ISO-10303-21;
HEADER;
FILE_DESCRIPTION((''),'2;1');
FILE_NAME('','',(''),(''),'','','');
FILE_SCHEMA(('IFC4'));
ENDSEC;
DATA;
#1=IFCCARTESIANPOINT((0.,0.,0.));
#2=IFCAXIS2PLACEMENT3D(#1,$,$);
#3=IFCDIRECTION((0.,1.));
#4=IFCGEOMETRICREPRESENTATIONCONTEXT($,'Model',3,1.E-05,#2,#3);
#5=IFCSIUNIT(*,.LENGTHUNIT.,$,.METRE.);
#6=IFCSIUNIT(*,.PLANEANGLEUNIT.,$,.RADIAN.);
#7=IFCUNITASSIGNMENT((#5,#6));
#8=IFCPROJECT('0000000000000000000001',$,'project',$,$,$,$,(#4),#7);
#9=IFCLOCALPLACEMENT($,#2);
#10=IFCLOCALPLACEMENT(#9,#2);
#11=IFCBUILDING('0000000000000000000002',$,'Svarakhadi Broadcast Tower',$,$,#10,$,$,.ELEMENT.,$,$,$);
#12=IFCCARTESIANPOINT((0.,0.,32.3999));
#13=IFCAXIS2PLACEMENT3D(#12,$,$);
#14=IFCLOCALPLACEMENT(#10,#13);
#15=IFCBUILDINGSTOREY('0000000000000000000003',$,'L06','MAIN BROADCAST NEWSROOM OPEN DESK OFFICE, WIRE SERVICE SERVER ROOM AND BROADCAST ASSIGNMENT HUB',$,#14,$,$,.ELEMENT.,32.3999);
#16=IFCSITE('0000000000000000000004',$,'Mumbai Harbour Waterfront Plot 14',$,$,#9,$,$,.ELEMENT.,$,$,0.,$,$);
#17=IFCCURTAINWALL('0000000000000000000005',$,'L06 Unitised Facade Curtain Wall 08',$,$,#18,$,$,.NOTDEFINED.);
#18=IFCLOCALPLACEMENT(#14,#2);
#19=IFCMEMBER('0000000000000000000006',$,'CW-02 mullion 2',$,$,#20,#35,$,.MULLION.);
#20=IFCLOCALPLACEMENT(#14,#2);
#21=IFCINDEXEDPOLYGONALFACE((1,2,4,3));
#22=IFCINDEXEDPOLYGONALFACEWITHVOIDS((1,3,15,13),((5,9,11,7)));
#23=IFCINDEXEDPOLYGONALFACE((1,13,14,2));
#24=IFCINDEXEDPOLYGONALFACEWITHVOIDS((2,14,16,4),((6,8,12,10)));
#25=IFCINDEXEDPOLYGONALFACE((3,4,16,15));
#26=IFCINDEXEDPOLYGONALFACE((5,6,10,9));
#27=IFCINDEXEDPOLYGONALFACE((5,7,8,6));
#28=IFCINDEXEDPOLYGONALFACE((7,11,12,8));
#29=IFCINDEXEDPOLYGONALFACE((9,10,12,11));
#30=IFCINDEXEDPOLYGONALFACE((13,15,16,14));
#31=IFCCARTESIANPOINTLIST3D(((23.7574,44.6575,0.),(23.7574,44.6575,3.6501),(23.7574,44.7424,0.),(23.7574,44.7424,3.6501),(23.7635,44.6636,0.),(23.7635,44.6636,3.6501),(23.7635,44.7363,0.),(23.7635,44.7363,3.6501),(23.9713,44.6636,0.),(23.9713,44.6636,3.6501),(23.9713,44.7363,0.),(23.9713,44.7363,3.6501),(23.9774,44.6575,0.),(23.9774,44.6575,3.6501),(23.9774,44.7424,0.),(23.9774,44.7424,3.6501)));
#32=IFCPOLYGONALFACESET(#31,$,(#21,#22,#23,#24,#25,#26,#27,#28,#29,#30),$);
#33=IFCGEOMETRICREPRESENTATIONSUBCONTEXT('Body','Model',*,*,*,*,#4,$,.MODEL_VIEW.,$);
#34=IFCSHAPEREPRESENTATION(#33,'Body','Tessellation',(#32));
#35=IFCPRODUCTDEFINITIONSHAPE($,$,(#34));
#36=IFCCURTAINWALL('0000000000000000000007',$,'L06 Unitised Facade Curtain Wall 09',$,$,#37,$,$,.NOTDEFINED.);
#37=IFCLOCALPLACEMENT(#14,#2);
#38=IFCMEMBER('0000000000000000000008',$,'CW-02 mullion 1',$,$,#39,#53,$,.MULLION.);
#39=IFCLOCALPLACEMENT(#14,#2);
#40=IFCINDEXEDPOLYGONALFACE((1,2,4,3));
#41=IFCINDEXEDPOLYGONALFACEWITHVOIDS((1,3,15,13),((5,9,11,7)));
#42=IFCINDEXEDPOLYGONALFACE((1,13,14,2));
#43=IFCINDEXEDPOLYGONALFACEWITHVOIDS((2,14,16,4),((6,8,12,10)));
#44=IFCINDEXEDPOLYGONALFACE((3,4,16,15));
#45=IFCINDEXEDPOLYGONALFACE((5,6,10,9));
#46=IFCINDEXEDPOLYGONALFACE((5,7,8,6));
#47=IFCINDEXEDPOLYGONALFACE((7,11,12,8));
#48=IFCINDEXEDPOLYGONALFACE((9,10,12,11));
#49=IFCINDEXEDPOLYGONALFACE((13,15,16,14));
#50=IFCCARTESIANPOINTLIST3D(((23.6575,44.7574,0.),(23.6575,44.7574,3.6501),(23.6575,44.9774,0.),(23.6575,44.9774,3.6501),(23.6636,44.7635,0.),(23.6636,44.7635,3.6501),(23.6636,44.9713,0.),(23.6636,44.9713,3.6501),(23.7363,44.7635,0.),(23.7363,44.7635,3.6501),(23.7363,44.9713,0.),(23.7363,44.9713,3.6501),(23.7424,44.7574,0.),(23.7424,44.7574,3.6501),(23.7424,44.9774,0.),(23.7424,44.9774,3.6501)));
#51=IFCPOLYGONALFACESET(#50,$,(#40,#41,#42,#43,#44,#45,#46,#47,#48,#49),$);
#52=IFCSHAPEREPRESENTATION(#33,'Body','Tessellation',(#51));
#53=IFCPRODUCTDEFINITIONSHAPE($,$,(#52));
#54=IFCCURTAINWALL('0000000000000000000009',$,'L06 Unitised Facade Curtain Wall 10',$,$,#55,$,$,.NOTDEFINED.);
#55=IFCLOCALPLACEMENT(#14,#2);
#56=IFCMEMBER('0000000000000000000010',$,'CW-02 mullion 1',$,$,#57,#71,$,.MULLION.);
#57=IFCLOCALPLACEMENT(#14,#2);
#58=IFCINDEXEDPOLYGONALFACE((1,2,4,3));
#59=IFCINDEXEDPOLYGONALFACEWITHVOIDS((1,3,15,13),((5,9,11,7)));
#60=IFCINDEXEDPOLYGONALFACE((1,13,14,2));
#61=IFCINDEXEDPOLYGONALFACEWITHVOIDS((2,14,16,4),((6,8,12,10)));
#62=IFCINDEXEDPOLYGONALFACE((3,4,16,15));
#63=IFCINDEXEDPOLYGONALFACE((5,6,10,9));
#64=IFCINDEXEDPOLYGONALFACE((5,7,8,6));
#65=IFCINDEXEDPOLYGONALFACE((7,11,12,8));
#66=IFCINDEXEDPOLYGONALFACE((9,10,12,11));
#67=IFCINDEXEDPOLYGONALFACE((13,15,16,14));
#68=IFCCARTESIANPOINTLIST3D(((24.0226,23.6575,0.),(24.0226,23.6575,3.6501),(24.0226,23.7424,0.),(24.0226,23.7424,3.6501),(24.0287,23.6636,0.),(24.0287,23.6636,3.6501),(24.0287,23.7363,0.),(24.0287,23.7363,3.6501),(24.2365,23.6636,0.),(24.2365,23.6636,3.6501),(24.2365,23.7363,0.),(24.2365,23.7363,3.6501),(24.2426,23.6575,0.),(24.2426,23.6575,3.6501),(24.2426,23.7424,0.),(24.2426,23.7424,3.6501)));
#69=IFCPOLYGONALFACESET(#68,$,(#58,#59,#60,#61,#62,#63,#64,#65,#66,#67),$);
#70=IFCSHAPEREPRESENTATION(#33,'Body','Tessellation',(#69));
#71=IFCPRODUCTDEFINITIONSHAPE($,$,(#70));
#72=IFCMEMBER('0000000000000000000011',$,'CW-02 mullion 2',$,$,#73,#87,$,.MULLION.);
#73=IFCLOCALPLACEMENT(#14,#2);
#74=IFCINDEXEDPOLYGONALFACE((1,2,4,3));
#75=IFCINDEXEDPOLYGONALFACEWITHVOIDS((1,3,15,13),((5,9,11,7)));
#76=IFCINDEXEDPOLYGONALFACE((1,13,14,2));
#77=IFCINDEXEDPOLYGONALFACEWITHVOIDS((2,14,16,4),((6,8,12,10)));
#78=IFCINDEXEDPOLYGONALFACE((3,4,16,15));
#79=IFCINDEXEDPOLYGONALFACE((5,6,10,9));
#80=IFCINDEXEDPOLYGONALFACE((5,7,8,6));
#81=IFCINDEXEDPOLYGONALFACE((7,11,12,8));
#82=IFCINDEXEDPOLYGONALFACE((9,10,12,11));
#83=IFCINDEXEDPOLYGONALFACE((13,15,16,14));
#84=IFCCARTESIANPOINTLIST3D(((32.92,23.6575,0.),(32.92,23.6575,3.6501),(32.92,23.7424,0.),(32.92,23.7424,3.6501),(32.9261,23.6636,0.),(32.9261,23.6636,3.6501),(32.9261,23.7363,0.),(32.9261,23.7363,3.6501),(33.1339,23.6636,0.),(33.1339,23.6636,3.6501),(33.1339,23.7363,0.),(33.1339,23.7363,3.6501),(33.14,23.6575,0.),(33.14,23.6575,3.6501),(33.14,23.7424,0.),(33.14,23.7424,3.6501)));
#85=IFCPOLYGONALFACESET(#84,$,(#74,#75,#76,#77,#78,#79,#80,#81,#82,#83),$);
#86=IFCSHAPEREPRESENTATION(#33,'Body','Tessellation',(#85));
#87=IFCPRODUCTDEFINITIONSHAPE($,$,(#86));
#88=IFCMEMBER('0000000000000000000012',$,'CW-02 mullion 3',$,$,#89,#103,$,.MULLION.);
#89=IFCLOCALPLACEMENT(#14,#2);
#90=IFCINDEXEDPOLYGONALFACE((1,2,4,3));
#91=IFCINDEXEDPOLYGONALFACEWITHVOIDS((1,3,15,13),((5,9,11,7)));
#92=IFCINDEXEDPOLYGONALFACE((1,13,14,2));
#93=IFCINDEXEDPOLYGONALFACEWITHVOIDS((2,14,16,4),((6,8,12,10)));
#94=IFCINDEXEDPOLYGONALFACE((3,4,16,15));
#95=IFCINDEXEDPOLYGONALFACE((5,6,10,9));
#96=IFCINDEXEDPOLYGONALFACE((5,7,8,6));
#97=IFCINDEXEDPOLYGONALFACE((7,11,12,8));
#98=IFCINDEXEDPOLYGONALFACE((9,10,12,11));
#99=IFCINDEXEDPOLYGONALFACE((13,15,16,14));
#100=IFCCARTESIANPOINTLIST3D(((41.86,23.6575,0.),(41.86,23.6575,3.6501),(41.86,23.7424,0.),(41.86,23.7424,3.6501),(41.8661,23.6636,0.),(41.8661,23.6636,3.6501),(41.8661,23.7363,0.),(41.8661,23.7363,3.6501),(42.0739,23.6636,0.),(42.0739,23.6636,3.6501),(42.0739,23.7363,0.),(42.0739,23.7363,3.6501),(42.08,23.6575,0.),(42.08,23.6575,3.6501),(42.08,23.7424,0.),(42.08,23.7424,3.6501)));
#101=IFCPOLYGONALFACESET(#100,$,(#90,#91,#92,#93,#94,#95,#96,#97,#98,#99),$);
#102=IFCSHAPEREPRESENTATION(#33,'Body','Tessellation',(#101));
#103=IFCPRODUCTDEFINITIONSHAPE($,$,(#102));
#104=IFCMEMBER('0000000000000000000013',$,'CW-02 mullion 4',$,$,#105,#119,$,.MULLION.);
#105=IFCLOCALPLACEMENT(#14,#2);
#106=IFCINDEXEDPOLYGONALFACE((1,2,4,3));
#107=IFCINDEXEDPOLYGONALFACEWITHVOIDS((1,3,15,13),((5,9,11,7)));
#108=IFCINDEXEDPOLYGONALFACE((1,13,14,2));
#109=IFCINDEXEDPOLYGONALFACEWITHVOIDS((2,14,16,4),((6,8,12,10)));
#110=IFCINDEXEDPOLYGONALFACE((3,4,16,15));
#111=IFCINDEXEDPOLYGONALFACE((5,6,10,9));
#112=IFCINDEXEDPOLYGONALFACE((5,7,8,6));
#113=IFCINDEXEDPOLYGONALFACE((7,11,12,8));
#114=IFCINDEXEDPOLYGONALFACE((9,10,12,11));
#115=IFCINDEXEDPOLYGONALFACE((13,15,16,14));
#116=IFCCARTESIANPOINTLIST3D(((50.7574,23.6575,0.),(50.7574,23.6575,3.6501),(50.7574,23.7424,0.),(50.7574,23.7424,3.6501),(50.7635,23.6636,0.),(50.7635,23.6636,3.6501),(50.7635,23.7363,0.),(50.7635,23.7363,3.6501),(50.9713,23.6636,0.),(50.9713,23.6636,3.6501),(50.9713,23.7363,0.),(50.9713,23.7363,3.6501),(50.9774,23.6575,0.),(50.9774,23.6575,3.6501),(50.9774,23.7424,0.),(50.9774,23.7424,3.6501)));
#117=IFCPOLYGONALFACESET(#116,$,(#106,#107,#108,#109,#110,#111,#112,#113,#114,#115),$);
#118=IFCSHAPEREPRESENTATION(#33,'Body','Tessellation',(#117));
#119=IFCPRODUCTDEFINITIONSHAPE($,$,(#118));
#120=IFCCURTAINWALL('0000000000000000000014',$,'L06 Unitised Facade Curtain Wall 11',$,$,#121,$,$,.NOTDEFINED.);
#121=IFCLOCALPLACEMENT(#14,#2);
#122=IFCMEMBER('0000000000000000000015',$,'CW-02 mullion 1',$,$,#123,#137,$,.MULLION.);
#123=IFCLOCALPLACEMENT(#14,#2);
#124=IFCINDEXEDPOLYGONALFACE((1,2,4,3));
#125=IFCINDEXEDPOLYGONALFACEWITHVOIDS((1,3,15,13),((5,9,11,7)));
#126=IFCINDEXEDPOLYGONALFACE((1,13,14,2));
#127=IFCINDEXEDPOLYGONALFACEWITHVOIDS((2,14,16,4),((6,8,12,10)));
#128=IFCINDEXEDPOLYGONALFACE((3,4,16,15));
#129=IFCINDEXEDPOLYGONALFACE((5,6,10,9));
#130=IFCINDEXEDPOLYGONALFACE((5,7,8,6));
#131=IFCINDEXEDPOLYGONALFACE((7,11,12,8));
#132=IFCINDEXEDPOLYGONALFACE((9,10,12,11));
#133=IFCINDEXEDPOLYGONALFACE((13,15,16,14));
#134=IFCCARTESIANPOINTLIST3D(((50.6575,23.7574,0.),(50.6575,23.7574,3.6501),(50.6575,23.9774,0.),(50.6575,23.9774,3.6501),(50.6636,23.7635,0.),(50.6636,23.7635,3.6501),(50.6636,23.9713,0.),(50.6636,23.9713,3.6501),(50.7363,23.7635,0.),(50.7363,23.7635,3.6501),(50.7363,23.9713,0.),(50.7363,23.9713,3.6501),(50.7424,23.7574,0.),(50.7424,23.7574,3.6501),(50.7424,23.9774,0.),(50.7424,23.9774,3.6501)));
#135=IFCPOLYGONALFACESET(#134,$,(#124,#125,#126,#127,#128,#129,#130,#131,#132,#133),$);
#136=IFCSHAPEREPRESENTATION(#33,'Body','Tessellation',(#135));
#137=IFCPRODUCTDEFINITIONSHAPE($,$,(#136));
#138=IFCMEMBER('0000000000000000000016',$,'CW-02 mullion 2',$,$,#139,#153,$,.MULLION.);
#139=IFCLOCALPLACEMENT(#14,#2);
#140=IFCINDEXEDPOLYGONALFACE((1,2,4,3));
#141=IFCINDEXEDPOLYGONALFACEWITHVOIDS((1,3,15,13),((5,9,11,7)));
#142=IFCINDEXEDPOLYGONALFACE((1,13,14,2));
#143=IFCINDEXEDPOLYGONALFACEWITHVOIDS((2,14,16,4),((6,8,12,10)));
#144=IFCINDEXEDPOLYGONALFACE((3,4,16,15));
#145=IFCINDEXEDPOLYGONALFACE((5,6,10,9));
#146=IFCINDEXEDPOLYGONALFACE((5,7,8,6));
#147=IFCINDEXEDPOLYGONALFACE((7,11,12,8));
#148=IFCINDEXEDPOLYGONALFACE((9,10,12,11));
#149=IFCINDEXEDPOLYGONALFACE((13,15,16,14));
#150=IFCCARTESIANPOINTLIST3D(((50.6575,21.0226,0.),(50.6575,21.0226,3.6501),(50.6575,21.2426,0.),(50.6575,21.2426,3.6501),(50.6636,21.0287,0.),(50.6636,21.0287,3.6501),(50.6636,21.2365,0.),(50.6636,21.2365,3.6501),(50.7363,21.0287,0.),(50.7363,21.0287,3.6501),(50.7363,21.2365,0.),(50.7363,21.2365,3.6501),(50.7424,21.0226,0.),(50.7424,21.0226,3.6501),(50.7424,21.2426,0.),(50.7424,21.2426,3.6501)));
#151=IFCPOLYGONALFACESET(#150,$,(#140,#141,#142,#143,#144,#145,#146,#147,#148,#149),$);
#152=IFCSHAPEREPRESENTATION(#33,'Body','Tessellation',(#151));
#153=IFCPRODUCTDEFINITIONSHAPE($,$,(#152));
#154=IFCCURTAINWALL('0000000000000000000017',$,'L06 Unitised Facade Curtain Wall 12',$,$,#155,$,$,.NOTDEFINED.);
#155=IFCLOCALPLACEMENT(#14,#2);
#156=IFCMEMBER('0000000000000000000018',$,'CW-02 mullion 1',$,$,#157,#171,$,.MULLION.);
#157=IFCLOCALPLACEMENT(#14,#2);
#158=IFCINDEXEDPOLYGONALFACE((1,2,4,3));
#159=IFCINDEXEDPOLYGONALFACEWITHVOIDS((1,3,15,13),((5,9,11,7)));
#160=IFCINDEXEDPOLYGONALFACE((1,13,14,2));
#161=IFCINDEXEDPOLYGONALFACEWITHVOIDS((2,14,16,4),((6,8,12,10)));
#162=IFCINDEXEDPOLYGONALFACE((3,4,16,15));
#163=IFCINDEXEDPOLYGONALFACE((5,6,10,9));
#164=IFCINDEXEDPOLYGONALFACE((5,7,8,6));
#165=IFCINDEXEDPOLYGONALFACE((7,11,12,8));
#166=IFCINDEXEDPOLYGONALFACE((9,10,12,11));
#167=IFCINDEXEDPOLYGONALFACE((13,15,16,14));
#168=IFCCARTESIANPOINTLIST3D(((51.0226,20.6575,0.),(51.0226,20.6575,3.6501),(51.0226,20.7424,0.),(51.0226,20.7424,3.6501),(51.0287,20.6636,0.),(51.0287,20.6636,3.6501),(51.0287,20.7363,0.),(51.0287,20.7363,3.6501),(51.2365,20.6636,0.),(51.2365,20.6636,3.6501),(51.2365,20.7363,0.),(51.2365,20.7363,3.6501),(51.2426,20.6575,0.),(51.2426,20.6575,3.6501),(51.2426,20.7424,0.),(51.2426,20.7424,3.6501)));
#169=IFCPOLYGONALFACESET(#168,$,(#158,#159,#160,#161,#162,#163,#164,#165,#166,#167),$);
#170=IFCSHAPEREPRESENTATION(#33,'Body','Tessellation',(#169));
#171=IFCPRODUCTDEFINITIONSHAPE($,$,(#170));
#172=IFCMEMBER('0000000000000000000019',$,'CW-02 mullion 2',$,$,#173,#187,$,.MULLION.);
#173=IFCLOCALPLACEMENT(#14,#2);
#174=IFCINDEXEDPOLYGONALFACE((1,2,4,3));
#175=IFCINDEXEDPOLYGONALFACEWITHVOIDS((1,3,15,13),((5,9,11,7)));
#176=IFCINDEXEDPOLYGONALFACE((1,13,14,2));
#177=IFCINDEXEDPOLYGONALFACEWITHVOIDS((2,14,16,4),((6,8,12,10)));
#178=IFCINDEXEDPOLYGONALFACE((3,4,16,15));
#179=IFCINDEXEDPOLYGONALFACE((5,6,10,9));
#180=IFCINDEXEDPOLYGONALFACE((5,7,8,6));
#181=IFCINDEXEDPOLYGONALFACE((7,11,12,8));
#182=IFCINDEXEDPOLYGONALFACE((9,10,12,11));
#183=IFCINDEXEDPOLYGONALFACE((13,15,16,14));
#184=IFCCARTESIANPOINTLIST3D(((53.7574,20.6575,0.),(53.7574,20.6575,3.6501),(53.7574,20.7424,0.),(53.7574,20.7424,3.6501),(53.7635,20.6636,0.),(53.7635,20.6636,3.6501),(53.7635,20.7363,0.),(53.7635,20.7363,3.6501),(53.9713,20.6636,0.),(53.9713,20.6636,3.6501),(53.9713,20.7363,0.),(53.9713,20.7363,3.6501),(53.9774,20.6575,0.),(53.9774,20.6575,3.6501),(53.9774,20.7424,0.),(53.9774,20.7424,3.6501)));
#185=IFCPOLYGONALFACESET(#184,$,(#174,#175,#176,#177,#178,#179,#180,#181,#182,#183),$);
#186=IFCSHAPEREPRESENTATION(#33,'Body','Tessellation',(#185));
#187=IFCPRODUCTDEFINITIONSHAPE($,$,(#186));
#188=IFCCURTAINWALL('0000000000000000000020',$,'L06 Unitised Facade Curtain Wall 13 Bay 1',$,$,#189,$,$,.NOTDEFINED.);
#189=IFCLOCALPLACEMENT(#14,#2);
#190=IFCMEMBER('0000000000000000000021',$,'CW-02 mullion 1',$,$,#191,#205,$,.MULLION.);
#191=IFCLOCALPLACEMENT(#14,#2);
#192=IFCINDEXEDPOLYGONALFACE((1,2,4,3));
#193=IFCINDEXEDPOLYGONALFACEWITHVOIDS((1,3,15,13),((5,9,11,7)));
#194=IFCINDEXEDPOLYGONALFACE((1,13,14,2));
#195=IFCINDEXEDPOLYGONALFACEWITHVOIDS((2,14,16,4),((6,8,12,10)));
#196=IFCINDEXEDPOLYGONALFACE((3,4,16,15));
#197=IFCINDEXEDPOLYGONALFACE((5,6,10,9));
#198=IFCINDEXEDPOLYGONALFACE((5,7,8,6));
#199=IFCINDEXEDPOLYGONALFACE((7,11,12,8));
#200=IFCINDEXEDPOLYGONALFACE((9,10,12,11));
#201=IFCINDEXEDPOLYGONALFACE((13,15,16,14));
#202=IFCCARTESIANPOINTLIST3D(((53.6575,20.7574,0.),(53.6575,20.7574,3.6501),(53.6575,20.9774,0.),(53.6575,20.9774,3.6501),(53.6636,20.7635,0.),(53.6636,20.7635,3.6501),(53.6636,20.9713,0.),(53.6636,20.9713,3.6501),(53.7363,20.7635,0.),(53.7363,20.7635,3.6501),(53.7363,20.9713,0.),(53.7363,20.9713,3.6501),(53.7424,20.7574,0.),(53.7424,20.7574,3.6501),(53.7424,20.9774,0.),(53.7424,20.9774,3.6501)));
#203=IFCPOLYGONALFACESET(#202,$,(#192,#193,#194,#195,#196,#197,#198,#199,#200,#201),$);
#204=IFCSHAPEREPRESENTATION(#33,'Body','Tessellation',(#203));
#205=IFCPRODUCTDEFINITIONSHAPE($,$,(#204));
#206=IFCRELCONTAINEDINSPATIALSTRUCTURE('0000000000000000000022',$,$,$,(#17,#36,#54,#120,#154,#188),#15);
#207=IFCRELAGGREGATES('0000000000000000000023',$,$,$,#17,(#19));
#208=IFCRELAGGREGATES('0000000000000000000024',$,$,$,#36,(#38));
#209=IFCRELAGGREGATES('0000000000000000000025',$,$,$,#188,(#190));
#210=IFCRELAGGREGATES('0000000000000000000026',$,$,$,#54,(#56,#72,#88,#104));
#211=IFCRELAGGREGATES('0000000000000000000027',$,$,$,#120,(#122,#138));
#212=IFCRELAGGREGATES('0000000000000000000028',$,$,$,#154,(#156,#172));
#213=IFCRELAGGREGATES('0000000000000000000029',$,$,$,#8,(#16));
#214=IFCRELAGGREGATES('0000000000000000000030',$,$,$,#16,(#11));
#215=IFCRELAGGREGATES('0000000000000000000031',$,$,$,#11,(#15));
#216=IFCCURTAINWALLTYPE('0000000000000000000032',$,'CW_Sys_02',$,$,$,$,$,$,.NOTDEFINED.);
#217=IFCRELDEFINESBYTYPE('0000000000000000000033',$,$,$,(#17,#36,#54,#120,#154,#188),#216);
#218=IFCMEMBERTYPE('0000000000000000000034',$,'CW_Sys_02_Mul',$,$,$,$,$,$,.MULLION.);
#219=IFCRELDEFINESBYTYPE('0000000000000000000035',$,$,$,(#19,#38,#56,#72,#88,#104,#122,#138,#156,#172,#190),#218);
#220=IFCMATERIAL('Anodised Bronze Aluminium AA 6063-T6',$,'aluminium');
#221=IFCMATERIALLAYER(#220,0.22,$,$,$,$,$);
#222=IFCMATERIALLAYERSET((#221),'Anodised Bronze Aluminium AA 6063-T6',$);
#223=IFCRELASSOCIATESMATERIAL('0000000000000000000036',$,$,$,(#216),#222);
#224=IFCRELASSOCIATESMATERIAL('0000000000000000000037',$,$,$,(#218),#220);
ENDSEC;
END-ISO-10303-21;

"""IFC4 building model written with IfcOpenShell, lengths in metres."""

from ifc_helpers import new_model, si_unit, direction, frame, origin, origin_2d, place, context, subcontext, project, spatial, hollow_rectangle, extrude, material, layer, layer_set, material_profile, profile_set, type_object, element, aggregate, save


model = new_model("IFC4")

# Units and contexts
model_context = context("Model", 3, precision=1e-05, world=origin(), true_north=direction((0.0, 1.0)))
body_context = subcontext(model_context, "Body", "Model", "MODEL_VIEW")
ifc_project = project(units=[si_unit("LENGTHUNIT", "METRE"), si_unit("PLANEANGLEUNIT", "RADIAN")], contexts=[model_context])

# Site, building, storey
site_placement = place(None, origin())
site = spatial("IfcSite", under=ifc_project, at=site_placement, Name="Mumbai Harbour Waterfront Plot 14", CompositionType="ELEMENT", RefElevation=0.0)
building_placement = place(site_placement, origin())
building = spatial("IfcBuilding", under=site, at=building_placement, Name="Svarakhadi Broadcast Tower", CompositionType="ELEMENT")
storey_placement = place(building_placement, frame((0.0, 0.0, 32.3999)))
storey = spatial("IfcBuildingStorey", under=building, at=storey_placement, Name="L06", Description="MAIN BROADCAST NEWSROOM OPEN DESK OFFICE, WIRE SERVICE SERVER ROOM AND BROADCAST ASSIGNMENT HUB", CompositionType="ELEMENT", Elevation=32.3999)

# Curtain walls, members
ifc_material_1 = material(Name="Anodised Bronze Aluminium AA 6063-T6", Category="aluminium")
ifc_layer_1 = layer(ifc_material_1, 0.22)
ifc_layer_set_1 = layer_set([ifc_layer_1], Name="Anodised Bronze Aluminium AA 6063-T6")
curtain_wall_type = type_object("IfcCurtainWallType", Name="CW_Sys_02", PredefinedType="NOTDEFINED", material=ifc_layer_set_1)
curtain_wall_1_placement = place(storey_placement, origin())
curtain_wall_1 = element("IfcCurtainWall", 1, at=curtain_wall_1_placement, inside=storey, type_object=curtain_wall_type, Name="L06 Unitised Facade Curtain Wall 08", PredefinedType="NOTDEFINED")
ifc_material_profile_1 = material_profile(ifc_material_1, hollow_rectangle(XDim=0.085, YDim=0.22, WallThickness=0.0061, at=origin_2d()), Name="ALU MULLION 220x85x6")
ifc_profile_set_1 = profile_set([ifc_material_profile_1], Name="Anodised Bronze Aluminium AA 6063-T6")
member_type_1 = type_object("IfcMemberType", Name="CW_Sys_02_Mul", PredefinedType="MULLION", material=ifc_profile_set_1)
member_1_placement = place(storey_placement, frame((23.8674, 44.7, 0.0), z_axis=(0.0, 0.0, 1.0), x_axis=(0.0, 1.0, 0.0)))
member_1 = element("IfcMember", 2, at=member_1_placement, type_object=member_type_1, Name="CW-02 mullion 2", PredefinedType="MULLION", context=body_context, shape_type="SweptSolid", body=[
    extrude(hollow_rectangle(XDim=0.085, YDim=0.22, WallThickness=0.0061, at=origin_2d()), origin(), (0.0, 0.0, 1.0), 3.6501),
])
aggregate(curtain_wall_1, [member_1])
curtain_wall_2_placement = place(storey_placement, origin())
curtain_wall_2 = element("IfcCurtainWall", 3, at=curtain_wall_2_placement, inside=storey, type_object=curtain_wall_type, Name="L06 Unitised Facade Curtain Wall 09", PredefinedType="NOTDEFINED")
member_2_placement = place(storey_placement, frame((23.7, 44.8674, 0.0), z_axis=(0.0, 0.0, 1.0), x_axis=(1.0, 0.0, 0.0)))
member_2 = element("IfcMember", 4, at=member_2_placement, type_object=member_type_1, Name="CW-02 mullion 1", PredefinedType="MULLION", context=body_context, shape_type="SweptSolid", body=[
    extrude(hollow_rectangle(XDim=0.085, YDim=0.22, WallThickness=0.0061, at=origin_2d()), origin(), (0.0, 0.0, 1.0), 3.6501),
])

# Curtain walls, members
curtain_wall_3_placement = place(storey_placement, origin())
curtain_wall_3 = element("IfcCurtainWall", 5, at=curtain_wall_3_placement, inside=storey, type_object=curtain_wall_type, Name="L06 Unitised Facade Curtain Wall 10", PredefinedType="NOTDEFINED")
member_3_placement = place(storey_placement, frame((24.1326, 23.7, 0.0), z_axis=(0.0, 0.0, 1.0), x_axis=(0.0, 1.0, 0.0)))
member_3 = element("IfcMember", 6, at=member_3_placement, type_object=member_type_1, Name="CW-02 mullion 1", PredefinedType="MULLION", context=body_context, shape_type="SweptSolid", body=[
    extrude(hollow_rectangle(XDim=0.085, YDim=0.22, WallThickness=0.0061, at=origin_2d()), origin(), (0.0, 0.0, 1.0), 3.6501),
])
member_4_placement = place(storey_placement, frame((33.03, 23.7, 0.0), z_axis=(0.0, 0.0, 1.0), x_axis=(0.0, 1.0, 0.0)))
member_4 = element("IfcMember", 7, at=member_4_placement, type_object=member_type_1, Name="CW-02 mullion 2", PredefinedType="MULLION", context=body_context, shape_type="SweptSolid", body=[
    extrude(hollow_rectangle(XDim=0.085, YDim=0.22, WallThickness=0.0061, at=origin_2d()), origin(), (0.0, 0.0, 1.0), 3.6501),
])
member_5_placement = place(storey_placement, frame((41.97, 23.7, 0.0), z_axis=(0.0, 0.0, 1.0), x_axis=(0.0, 1.0, 0.0)))
member_5 = element("IfcMember", 8, at=member_5_placement, type_object=member_type_1, Name="CW-02 mullion 3", PredefinedType="MULLION", context=body_context, shape_type="SweptSolid", body=[
    extrude(hollow_rectangle(XDim=0.085, YDim=0.22, WallThickness=0.0061, at=origin_2d()), origin(), (0.0, 0.0, 1.0), 3.6501),
])
member_6_placement = place(storey_placement, frame((50.8674, 23.7, 0.0), z_axis=(0.0, 0.0, 1.0), x_axis=(0.0, 1.0, 0.0)))
member_6 = element("IfcMember", 9, at=member_6_placement, type_object=member_type_1, Name="CW-02 mullion 4", PredefinedType="MULLION", context=body_context, shape_type="SweptSolid", body=[
    extrude(hollow_rectangle(XDim=0.085, YDim=0.22, WallThickness=0.0061, at=origin_2d()), origin(), (0.0, 0.0, 1.0), 3.6501),
])
curtain_wall_4_placement = place(storey_placement, origin())
curtain_wall_4 = element("IfcCurtainWall", 10, at=curtain_wall_4_placement, inside=storey, type_object=curtain_wall_type, Name="L06 Unitised Facade Curtain Wall 11", PredefinedType="NOTDEFINED")
member_7_placement = place(storey_placement, frame((50.7, 23.8674, 0.0), z_axis=(0.0, 0.0, 1.0), x_axis=(1.0, 0.0, 0.0)))
member_7 = element("IfcMember", 11, at=member_7_placement, type_object=member_type_1, Name="CW-02 mullion 1", PredefinedType="MULLION", context=body_context, shape_type="SweptSolid", body=[
    extrude(hollow_rectangle(XDim=0.085, YDim=0.22, WallThickness=0.0061, at=origin_2d()), origin(), (0.0, 0.0, 1.0), 3.6501),
])
member_8_placement = place(storey_placement, frame((50.7, 21.1326, 0.0), z_axis=(0.0, 0.0, 1.0), x_axis=(1.0, 0.0, 0.0)))
member_8 = element("IfcMember", 12, at=member_8_placement, type_object=member_type_1, Name="CW-02 mullion 2", PredefinedType="MULLION", context=body_context, shape_type="SweptSolid", body=[
    extrude(hollow_rectangle(XDim=0.085, YDim=0.22, WallThickness=0.0061, at=origin_2d()), origin(), (0.0, 0.0, 1.0), 3.6501),
])
curtain_wall_5_placement = place(storey_placement, origin())
curtain_wall_5 = element("IfcCurtainWall", 13, at=curtain_wall_5_placement, inside=storey, type_object=curtain_wall_type, Name="L06 Unitised Facade Curtain Wall 12", PredefinedType="NOTDEFINED")
member_9_placement = place(storey_placement, frame((51.1326, 20.7, 0.0), z_axis=(0.0, 0.0, 1.0), x_axis=(0.0, 1.0, 0.0)))
member_9 = element("IfcMember", 14, at=member_9_placement, type_object=member_type_1, Name="CW-02 mullion 1", PredefinedType="MULLION", context=body_context, shape_type="SweptSolid", body=[
    extrude(hollow_rectangle(XDim=0.085, YDim=0.22, WallThickness=0.0061, at=origin_2d()), origin(), (0.0, 0.0, 1.0), 3.6501),
])
member_10_placement = place(storey_placement, frame((53.8674, 20.7, 0.0), z_axis=(0.0, 0.0, 1.0), x_axis=(0.0, 1.0, 0.0)))
member_10 = element("IfcMember", 15, at=member_10_placement, type_object=member_type_1, Name="CW-02 mullion 2", PredefinedType="MULLION", context=body_context, shape_type="SweptSolid", body=[
    extrude(hollow_rectangle(XDim=0.085, YDim=0.22, WallThickness=0.0061, at=origin_2d()), origin(), (0.0, 0.0, 1.0), 3.6501),
])

# Curtain wall, member
curtain_wall_6_placement = place(storey_placement, origin())
curtain_wall_6 = element("IfcCurtainWall", 16, at=curtain_wall_6_placement, inside=storey, type_object=curtain_wall_type, Name="L06 Unitised Facade Curtain Wall 13 Bay 1", PredefinedType="NOTDEFINED")
member_11_placement = place(storey_placement, frame((53.7, 20.8674, 0.0), z_axis=(0.0, 0.0, 1.0), x_axis=(1.0, 0.0, 0.0)))
member_11 = element("IfcMember", 17, at=member_11_placement, type_object=member_type_1, Name="CW-02 mullion 1", PredefinedType="MULLION", context=body_context, shape_type="SweptSolid", body=[
    extrude(hollow_rectangle(XDim=0.085, YDim=0.22, WallThickness=0.0061, at=origin_2d()), origin(), (0.0, 0.0, 1.0), 3.6501),
])

aggregate(curtain_wall_2, [member_2])
aggregate(curtain_wall_6, [member_11])

aggregate(curtain_wall_3, [member_3, member_4, member_5, member_6])
aggregate(curtain_wall_4, [member_7, member_8])
aggregate(curtain_wall_5, [member_9, member_10])

save(model, "model.ifc")
